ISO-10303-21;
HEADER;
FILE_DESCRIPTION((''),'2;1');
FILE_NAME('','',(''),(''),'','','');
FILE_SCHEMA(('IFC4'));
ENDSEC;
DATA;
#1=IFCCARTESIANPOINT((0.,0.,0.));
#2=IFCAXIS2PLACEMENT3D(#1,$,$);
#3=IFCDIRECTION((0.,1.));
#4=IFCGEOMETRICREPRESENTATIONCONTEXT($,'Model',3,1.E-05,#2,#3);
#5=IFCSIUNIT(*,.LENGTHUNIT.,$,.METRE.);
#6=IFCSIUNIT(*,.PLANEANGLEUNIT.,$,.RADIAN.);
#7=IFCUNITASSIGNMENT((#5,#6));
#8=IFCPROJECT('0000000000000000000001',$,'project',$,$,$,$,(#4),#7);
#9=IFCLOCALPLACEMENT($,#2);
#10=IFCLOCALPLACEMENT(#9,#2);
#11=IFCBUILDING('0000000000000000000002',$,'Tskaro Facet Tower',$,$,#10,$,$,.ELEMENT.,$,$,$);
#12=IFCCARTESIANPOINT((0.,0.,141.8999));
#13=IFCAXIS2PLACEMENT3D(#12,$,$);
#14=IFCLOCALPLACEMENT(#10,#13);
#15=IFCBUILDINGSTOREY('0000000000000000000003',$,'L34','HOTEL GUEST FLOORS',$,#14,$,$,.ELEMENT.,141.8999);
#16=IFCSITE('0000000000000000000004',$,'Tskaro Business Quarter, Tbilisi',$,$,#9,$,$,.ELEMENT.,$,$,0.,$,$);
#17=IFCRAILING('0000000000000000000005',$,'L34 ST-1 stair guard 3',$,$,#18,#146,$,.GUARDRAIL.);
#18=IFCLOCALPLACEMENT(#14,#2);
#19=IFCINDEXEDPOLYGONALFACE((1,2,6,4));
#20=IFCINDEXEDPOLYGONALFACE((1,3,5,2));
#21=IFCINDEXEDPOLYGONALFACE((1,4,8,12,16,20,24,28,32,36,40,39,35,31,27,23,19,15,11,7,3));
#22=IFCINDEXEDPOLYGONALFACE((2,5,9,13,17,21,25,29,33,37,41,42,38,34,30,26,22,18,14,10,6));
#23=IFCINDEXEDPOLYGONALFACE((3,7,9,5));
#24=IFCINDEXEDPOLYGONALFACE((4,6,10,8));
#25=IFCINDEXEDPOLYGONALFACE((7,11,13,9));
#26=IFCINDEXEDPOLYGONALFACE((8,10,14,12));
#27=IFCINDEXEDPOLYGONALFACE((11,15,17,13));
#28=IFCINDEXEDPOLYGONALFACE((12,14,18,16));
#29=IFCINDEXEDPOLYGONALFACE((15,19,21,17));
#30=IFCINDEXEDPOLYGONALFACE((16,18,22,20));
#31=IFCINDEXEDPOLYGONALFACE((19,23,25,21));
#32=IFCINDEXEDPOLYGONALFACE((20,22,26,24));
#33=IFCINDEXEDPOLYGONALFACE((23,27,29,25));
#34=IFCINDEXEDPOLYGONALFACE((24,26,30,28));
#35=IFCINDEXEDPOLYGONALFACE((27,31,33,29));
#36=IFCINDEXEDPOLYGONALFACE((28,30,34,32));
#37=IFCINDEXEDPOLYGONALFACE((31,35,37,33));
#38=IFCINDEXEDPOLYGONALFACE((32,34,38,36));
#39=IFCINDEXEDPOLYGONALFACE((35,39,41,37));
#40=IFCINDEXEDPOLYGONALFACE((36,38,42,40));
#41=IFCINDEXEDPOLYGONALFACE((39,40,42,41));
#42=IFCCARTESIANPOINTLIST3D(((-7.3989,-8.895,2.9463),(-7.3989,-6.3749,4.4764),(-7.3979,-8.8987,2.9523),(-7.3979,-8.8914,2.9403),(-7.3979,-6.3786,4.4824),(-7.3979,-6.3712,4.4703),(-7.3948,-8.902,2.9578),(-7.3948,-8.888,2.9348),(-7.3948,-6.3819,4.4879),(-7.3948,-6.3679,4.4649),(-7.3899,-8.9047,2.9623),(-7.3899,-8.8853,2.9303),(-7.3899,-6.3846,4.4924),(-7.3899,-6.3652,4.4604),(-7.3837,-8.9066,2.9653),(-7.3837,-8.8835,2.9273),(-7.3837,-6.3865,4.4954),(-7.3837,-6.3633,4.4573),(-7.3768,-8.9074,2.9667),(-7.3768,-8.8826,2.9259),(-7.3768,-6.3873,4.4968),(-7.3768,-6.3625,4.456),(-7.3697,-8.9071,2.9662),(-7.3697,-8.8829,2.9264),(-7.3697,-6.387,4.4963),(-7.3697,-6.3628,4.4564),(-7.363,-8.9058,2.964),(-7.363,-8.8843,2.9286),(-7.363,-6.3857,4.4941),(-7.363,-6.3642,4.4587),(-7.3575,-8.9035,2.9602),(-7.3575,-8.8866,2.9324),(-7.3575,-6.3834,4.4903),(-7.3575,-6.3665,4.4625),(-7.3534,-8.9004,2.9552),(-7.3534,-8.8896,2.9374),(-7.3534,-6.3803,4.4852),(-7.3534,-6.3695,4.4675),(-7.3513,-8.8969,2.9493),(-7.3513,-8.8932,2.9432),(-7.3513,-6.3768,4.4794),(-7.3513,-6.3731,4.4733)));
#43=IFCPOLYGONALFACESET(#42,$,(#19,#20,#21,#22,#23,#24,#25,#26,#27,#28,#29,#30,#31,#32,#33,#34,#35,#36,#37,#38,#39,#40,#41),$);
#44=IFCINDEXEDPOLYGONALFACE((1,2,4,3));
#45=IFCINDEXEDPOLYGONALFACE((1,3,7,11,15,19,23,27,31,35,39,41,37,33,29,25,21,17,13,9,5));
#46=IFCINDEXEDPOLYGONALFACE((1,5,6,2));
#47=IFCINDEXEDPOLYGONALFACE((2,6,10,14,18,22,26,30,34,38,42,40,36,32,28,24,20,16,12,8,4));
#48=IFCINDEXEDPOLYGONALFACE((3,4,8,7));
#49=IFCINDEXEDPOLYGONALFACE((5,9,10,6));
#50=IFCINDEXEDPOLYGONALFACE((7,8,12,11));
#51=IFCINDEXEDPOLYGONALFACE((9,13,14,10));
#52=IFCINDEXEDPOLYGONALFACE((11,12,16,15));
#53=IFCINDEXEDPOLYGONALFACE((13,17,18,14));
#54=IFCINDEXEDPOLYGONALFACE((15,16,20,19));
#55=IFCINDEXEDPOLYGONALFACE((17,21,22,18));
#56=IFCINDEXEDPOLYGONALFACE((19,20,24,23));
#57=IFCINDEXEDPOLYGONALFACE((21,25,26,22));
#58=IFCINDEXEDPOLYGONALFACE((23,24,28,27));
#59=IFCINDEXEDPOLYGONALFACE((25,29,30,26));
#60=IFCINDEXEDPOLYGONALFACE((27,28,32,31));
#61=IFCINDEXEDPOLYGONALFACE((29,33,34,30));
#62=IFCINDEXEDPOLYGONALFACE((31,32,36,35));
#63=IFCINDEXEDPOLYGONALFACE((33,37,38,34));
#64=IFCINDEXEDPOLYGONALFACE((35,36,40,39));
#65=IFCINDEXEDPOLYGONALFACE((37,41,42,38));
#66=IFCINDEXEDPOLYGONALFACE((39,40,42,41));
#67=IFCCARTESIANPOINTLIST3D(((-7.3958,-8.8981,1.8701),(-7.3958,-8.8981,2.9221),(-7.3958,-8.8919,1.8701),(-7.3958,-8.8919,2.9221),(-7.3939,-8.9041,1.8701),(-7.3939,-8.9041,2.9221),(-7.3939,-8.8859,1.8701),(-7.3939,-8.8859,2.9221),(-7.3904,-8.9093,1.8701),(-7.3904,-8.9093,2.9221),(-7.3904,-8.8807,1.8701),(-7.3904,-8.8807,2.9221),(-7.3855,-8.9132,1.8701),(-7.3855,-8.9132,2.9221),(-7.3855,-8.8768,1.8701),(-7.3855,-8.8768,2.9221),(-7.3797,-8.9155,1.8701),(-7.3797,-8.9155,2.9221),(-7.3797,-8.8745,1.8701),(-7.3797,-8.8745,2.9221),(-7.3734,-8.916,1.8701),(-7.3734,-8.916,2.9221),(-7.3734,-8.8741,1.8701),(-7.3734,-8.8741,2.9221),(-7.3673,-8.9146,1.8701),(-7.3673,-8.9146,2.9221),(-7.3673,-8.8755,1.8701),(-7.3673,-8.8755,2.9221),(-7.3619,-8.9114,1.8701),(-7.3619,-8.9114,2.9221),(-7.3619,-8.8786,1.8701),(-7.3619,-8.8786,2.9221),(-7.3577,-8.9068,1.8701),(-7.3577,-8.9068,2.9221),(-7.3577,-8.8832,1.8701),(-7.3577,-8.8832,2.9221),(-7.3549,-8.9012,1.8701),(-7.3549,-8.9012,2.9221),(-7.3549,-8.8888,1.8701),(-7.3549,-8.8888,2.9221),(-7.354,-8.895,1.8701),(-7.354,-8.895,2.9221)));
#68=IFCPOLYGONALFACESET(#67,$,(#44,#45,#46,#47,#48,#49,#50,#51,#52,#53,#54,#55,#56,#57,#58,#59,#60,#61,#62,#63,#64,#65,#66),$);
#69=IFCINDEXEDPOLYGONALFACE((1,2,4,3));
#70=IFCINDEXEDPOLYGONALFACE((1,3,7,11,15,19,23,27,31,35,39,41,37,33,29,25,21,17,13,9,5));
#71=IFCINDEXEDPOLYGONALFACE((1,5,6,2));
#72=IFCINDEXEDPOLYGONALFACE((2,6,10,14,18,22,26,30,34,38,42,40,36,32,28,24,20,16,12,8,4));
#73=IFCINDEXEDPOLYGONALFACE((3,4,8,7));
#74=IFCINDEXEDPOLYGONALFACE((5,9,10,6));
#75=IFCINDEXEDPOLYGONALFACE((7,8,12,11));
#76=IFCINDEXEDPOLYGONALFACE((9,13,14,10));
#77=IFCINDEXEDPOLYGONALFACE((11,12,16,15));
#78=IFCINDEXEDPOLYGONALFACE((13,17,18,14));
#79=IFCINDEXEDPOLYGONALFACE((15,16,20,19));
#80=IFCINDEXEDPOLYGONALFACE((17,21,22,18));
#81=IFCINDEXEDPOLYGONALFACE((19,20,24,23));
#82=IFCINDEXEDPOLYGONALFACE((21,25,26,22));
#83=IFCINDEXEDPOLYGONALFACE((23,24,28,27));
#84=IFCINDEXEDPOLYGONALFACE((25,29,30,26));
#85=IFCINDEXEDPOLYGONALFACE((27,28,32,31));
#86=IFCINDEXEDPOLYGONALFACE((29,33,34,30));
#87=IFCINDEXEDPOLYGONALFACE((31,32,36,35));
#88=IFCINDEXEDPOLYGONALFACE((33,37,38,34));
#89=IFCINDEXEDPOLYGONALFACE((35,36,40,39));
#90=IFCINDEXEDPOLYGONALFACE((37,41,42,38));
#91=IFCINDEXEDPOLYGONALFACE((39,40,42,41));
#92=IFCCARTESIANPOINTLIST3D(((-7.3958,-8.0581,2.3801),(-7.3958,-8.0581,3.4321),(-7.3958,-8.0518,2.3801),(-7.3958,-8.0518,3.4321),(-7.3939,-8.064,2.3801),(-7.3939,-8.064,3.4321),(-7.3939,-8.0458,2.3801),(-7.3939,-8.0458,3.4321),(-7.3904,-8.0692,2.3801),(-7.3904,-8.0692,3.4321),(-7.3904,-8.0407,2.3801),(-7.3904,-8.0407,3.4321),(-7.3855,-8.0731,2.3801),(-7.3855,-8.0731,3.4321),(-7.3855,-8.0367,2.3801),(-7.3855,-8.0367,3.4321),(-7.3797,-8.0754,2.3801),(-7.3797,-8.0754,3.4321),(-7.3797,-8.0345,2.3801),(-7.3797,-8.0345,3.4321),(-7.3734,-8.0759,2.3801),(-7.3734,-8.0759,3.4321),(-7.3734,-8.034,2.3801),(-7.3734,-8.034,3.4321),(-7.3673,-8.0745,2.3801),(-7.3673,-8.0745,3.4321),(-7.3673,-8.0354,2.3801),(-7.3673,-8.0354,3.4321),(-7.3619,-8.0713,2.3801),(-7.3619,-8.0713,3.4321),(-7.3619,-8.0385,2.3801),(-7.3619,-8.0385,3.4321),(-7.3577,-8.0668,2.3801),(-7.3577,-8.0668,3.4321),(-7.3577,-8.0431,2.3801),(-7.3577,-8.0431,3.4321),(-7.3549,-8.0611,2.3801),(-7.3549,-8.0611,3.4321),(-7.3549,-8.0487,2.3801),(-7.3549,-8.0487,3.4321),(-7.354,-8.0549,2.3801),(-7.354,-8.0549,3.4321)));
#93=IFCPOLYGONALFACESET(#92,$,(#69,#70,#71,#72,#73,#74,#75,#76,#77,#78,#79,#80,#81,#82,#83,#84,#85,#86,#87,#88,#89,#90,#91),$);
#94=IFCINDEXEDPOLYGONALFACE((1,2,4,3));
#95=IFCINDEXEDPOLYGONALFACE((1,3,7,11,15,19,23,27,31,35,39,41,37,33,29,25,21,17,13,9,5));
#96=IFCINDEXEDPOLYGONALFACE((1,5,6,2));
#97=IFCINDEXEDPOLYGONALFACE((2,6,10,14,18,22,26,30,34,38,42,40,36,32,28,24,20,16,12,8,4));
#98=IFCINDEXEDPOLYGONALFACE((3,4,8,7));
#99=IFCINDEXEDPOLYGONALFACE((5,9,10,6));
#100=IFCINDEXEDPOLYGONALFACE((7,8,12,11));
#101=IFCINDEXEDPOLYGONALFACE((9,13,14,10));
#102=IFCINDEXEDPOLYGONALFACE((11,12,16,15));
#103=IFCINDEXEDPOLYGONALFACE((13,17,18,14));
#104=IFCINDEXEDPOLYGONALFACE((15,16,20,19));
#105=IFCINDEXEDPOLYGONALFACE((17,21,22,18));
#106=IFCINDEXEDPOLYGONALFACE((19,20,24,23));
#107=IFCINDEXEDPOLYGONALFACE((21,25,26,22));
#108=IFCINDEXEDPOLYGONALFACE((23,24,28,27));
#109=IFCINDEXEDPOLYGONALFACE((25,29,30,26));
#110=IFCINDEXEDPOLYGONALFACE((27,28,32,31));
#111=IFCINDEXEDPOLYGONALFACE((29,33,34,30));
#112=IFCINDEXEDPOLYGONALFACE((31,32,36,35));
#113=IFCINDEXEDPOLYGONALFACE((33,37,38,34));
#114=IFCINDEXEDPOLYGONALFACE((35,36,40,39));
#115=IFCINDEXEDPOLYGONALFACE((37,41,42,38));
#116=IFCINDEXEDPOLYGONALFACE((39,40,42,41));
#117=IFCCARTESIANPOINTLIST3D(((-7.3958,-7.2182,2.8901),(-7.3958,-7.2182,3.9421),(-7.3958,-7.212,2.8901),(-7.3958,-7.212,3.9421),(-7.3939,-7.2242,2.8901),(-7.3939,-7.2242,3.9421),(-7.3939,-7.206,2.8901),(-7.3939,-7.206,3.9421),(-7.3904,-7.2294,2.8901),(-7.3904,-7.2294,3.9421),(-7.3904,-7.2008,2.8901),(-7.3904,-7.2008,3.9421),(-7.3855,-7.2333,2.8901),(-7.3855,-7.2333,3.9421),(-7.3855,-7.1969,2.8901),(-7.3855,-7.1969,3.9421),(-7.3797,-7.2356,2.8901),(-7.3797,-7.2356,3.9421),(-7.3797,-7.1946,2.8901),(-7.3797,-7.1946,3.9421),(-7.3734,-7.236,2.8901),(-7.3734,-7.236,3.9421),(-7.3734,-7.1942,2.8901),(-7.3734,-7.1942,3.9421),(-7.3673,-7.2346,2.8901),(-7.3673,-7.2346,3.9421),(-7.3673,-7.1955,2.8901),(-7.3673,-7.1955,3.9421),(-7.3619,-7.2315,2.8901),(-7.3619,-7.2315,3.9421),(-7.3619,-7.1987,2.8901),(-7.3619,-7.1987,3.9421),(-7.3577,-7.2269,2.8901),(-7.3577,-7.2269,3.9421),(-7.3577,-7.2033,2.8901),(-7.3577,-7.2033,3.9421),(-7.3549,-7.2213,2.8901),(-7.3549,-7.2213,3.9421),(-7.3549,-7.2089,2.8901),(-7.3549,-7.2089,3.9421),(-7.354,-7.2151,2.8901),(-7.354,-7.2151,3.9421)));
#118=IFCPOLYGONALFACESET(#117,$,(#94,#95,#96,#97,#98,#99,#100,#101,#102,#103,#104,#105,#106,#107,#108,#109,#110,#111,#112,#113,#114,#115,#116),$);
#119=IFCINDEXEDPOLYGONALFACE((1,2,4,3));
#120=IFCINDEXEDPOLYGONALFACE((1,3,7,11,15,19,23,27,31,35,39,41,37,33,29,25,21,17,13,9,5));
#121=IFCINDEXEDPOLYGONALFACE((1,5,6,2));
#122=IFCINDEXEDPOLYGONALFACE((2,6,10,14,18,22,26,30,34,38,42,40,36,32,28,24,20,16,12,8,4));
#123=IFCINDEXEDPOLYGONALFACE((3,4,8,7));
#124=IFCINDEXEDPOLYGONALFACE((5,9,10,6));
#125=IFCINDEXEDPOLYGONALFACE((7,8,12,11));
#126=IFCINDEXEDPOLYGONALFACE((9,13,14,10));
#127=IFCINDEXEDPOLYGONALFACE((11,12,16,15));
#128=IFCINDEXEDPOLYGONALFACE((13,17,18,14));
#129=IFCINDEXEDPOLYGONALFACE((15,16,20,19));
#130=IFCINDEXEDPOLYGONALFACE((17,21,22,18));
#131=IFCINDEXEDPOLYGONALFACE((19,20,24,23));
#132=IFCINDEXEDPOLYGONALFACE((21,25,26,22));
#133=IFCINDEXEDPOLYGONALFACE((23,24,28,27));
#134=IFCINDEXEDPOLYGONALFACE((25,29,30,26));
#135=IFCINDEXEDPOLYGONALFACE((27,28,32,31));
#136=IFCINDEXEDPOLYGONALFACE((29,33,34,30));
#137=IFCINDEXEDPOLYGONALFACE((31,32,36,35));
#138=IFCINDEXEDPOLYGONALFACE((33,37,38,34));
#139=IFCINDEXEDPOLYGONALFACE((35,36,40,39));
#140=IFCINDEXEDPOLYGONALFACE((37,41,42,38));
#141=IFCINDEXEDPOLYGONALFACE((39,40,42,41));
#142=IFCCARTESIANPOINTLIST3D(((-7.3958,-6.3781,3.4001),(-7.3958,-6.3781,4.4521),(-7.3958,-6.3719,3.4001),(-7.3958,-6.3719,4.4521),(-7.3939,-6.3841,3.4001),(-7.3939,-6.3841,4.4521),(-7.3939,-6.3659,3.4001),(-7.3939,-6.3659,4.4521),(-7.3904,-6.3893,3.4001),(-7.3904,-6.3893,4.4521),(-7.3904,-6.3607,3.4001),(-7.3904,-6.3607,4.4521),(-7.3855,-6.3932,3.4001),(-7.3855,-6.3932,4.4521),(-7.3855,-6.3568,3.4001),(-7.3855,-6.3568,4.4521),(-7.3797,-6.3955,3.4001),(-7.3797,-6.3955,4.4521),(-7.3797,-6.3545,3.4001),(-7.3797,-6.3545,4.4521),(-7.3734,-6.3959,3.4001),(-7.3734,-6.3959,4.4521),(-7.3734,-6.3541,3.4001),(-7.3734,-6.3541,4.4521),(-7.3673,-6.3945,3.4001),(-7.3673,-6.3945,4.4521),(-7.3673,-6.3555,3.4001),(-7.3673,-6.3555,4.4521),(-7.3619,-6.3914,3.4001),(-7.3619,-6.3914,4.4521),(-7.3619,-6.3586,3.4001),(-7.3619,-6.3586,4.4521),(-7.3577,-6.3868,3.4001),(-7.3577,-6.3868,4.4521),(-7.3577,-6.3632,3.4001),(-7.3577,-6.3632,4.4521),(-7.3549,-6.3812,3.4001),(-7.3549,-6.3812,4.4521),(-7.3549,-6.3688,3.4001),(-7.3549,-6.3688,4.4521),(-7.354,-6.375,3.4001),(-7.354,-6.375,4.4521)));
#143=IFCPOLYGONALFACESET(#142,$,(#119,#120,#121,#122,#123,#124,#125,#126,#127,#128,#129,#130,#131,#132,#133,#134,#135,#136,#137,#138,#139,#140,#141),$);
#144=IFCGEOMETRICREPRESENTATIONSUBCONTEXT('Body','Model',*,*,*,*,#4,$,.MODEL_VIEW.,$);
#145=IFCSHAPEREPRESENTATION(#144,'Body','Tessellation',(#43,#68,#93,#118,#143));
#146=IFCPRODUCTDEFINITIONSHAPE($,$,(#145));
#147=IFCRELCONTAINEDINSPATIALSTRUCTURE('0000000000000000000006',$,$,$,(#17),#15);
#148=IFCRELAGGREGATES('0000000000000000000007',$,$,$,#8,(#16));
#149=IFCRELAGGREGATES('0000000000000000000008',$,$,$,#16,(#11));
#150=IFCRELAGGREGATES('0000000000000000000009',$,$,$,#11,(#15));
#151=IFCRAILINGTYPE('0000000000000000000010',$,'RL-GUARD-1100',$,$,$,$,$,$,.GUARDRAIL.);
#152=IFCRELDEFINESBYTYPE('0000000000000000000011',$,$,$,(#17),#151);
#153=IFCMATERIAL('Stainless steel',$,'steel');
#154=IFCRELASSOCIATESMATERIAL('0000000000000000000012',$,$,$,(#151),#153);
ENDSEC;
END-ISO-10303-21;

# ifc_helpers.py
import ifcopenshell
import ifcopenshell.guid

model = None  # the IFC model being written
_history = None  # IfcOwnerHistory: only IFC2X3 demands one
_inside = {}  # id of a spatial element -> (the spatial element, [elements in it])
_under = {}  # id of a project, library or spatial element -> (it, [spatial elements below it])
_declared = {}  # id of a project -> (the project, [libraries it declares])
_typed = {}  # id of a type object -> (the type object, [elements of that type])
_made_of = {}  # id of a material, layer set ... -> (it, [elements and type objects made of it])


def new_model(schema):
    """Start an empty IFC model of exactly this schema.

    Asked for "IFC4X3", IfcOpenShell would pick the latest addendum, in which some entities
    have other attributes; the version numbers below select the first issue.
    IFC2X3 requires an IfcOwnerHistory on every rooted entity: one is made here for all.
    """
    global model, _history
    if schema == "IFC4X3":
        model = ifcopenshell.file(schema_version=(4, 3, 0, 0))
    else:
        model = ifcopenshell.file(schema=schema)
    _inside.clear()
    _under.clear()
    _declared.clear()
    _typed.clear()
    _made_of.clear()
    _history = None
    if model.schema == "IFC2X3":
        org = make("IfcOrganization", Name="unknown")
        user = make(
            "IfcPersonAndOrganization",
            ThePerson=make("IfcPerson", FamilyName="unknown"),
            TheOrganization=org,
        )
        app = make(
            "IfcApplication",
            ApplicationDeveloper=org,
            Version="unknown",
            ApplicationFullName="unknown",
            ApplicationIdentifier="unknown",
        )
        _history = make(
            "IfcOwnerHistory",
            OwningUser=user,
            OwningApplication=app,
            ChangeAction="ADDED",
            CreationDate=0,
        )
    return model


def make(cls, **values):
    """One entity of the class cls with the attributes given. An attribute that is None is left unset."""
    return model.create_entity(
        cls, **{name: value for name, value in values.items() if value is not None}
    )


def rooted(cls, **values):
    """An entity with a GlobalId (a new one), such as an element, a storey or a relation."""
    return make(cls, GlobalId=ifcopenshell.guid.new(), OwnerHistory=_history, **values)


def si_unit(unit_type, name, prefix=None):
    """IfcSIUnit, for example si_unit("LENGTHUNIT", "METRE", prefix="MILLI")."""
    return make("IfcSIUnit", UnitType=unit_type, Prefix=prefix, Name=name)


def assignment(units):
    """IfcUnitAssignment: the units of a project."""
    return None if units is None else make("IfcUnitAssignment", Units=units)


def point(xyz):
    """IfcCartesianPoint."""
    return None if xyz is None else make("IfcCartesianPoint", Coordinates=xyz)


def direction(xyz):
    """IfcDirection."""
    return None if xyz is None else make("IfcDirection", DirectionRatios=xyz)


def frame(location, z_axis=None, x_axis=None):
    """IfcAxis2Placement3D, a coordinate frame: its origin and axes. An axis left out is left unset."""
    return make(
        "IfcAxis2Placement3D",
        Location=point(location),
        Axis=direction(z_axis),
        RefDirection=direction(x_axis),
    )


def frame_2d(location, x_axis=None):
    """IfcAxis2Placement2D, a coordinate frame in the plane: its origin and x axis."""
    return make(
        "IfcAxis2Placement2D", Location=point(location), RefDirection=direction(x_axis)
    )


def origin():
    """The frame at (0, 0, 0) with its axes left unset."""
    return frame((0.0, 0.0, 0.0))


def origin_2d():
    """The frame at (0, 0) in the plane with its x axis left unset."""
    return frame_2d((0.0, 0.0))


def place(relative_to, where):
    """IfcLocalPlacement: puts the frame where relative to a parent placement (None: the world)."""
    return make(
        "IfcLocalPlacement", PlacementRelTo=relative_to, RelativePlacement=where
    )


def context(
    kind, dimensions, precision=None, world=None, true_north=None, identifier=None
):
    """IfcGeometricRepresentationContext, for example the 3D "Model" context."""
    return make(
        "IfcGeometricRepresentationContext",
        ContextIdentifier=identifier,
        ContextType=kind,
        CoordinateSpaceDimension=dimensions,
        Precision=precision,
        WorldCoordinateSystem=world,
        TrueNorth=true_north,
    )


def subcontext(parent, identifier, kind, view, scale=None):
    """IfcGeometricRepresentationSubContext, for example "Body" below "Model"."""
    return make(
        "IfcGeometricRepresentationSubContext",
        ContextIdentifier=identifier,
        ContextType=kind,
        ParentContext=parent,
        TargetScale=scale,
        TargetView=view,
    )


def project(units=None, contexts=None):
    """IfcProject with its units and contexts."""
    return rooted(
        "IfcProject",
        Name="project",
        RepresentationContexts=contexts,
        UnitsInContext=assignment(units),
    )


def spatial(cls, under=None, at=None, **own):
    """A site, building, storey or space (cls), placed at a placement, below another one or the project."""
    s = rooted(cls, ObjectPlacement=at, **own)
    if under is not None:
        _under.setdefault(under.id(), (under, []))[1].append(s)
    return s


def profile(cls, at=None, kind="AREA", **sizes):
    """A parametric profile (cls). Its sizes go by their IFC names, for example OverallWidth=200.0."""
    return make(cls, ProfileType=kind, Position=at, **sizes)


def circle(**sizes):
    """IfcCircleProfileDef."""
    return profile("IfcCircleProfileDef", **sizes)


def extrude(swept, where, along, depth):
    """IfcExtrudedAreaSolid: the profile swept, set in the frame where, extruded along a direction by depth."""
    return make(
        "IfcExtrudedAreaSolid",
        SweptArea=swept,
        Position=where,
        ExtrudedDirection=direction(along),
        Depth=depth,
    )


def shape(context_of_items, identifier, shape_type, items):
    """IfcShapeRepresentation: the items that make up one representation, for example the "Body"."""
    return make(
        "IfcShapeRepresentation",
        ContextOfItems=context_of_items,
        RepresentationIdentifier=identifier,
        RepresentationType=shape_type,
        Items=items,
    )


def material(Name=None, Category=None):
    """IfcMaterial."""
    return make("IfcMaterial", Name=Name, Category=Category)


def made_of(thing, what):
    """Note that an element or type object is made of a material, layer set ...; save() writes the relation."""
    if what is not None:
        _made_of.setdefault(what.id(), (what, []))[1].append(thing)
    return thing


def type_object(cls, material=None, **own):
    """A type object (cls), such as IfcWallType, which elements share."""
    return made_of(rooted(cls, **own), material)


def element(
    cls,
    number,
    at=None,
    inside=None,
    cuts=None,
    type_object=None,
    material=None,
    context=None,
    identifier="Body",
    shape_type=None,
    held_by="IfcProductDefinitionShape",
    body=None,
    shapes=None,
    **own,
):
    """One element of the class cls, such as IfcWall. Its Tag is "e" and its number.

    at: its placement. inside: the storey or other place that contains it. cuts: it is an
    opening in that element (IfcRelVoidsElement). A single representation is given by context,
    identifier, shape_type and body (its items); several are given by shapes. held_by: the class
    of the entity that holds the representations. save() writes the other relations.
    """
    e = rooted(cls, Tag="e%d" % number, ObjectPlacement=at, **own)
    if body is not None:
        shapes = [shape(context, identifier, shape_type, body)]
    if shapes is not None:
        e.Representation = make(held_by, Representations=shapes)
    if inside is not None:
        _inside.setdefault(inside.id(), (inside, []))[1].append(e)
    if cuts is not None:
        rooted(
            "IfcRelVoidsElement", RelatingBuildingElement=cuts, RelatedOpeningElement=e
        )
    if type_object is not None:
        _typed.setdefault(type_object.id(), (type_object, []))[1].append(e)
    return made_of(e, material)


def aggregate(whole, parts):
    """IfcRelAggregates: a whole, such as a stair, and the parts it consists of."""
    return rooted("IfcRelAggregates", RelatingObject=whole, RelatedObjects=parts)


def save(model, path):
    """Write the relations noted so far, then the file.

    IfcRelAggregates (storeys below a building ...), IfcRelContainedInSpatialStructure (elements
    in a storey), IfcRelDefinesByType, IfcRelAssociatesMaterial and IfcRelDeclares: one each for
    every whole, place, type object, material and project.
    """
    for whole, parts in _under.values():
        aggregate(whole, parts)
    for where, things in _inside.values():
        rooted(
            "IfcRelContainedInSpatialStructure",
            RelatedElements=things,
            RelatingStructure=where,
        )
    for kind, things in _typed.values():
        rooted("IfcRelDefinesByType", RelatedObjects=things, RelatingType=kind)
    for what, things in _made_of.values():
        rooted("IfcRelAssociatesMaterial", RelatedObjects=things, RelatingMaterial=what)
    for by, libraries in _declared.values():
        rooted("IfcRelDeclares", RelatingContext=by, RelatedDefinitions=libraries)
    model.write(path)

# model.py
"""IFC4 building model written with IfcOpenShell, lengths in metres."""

from ifc_helpers import new_model, si_unit, direction, frame, origin, origin_2d, place, context, subcontext, project, spatial, circle, extrude, material, type_object, element, save


model = new_model("IFC4")

# Units and contexts
model_context = context("Model", 3, precision=1e-05, world=origin(), true_north=direction((0.0, 1.0)))
body_context = subcontext(model_context, "Body", "Model", "MODEL_VIEW")
ifc_project = project(units=[si_unit("LENGTHUNIT", "METRE"), si_unit("PLANEANGLEUNIT", "RADIAN")], contexts=[model_context])

# Site, building, storey
site_placement = place(None, origin())
site = spatial("IfcSite", under=ifc_project, at=site_placement, Name="Tskaro Business Quarter, Tbilisi", CompositionType="ELEMENT", RefElevation=0.0)
building_placement = place(site_placement, origin())
building = spatial("IfcBuilding", under=site, at=building_placement, Name="Tskaro Facet Tower", CompositionType="ELEMENT")
storey_placement = place(building_placement, frame((0.0, 0.0, 141.8999)))
storey = spatial("IfcBuildingStorey", under=building, at=storey_placement, Name="L34", Description="HOTEL GUEST FLOORS", CompositionType="ELEMENT", Elevation=141.8999)

# Shared definitions
ifc_material_1 = material(Name="Stainless steel", Category="steel")

# Railing
railing_type_1 = type_object("IfcRailingType", Name="RL-GUARD-1100", PredefinedType="GUARDRAIL", material=ifc_material_1)
railing_1_placement = place(storey_placement, frame((-7.375, -8.895, 1.8701)))
element("IfcRailing", 1, at=railing_1_placement, inside=storey, type_object=railing_type_1, Name="L34 ST-1 stair guard 3", PredefinedType="GUARDRAIL", context=body_context, shape_type="SweptSolid", body=[
    extrude(circle(Radius=0.0239, at=origin_2d()), frame((0.0, 0.0, 1.0762), z_axis=(0.0, 0.854785, 0.518982), x_axis=(-1.0, 0.0, 0.0)), (0.0, 0.0, 1.0), 2.9482),
    extrude(circle(Radius=0.021, at=origin_2d()), origin(), (0.0, 0.0, 1.0), 1.052),
    extrude(circle(Radius=0.021, at=origin_2d()), frame((0.0, 0.8401, 0.51)), (0.0, 0.0, 1.0), 1.052),
    extrude(circle(Radius=0.021, at=origin_2d()), frame((0.0, 1.6799, 1.02)), (0.0, 0.0, 1.0), 1.052),
    extrude(circle(Radius=0.021, at=origin_2d()), frame((0.0, 2.52, 1.53)), (0.0, 0.0, 1.0), 1.052),
])

save(model, "model.ifc")
